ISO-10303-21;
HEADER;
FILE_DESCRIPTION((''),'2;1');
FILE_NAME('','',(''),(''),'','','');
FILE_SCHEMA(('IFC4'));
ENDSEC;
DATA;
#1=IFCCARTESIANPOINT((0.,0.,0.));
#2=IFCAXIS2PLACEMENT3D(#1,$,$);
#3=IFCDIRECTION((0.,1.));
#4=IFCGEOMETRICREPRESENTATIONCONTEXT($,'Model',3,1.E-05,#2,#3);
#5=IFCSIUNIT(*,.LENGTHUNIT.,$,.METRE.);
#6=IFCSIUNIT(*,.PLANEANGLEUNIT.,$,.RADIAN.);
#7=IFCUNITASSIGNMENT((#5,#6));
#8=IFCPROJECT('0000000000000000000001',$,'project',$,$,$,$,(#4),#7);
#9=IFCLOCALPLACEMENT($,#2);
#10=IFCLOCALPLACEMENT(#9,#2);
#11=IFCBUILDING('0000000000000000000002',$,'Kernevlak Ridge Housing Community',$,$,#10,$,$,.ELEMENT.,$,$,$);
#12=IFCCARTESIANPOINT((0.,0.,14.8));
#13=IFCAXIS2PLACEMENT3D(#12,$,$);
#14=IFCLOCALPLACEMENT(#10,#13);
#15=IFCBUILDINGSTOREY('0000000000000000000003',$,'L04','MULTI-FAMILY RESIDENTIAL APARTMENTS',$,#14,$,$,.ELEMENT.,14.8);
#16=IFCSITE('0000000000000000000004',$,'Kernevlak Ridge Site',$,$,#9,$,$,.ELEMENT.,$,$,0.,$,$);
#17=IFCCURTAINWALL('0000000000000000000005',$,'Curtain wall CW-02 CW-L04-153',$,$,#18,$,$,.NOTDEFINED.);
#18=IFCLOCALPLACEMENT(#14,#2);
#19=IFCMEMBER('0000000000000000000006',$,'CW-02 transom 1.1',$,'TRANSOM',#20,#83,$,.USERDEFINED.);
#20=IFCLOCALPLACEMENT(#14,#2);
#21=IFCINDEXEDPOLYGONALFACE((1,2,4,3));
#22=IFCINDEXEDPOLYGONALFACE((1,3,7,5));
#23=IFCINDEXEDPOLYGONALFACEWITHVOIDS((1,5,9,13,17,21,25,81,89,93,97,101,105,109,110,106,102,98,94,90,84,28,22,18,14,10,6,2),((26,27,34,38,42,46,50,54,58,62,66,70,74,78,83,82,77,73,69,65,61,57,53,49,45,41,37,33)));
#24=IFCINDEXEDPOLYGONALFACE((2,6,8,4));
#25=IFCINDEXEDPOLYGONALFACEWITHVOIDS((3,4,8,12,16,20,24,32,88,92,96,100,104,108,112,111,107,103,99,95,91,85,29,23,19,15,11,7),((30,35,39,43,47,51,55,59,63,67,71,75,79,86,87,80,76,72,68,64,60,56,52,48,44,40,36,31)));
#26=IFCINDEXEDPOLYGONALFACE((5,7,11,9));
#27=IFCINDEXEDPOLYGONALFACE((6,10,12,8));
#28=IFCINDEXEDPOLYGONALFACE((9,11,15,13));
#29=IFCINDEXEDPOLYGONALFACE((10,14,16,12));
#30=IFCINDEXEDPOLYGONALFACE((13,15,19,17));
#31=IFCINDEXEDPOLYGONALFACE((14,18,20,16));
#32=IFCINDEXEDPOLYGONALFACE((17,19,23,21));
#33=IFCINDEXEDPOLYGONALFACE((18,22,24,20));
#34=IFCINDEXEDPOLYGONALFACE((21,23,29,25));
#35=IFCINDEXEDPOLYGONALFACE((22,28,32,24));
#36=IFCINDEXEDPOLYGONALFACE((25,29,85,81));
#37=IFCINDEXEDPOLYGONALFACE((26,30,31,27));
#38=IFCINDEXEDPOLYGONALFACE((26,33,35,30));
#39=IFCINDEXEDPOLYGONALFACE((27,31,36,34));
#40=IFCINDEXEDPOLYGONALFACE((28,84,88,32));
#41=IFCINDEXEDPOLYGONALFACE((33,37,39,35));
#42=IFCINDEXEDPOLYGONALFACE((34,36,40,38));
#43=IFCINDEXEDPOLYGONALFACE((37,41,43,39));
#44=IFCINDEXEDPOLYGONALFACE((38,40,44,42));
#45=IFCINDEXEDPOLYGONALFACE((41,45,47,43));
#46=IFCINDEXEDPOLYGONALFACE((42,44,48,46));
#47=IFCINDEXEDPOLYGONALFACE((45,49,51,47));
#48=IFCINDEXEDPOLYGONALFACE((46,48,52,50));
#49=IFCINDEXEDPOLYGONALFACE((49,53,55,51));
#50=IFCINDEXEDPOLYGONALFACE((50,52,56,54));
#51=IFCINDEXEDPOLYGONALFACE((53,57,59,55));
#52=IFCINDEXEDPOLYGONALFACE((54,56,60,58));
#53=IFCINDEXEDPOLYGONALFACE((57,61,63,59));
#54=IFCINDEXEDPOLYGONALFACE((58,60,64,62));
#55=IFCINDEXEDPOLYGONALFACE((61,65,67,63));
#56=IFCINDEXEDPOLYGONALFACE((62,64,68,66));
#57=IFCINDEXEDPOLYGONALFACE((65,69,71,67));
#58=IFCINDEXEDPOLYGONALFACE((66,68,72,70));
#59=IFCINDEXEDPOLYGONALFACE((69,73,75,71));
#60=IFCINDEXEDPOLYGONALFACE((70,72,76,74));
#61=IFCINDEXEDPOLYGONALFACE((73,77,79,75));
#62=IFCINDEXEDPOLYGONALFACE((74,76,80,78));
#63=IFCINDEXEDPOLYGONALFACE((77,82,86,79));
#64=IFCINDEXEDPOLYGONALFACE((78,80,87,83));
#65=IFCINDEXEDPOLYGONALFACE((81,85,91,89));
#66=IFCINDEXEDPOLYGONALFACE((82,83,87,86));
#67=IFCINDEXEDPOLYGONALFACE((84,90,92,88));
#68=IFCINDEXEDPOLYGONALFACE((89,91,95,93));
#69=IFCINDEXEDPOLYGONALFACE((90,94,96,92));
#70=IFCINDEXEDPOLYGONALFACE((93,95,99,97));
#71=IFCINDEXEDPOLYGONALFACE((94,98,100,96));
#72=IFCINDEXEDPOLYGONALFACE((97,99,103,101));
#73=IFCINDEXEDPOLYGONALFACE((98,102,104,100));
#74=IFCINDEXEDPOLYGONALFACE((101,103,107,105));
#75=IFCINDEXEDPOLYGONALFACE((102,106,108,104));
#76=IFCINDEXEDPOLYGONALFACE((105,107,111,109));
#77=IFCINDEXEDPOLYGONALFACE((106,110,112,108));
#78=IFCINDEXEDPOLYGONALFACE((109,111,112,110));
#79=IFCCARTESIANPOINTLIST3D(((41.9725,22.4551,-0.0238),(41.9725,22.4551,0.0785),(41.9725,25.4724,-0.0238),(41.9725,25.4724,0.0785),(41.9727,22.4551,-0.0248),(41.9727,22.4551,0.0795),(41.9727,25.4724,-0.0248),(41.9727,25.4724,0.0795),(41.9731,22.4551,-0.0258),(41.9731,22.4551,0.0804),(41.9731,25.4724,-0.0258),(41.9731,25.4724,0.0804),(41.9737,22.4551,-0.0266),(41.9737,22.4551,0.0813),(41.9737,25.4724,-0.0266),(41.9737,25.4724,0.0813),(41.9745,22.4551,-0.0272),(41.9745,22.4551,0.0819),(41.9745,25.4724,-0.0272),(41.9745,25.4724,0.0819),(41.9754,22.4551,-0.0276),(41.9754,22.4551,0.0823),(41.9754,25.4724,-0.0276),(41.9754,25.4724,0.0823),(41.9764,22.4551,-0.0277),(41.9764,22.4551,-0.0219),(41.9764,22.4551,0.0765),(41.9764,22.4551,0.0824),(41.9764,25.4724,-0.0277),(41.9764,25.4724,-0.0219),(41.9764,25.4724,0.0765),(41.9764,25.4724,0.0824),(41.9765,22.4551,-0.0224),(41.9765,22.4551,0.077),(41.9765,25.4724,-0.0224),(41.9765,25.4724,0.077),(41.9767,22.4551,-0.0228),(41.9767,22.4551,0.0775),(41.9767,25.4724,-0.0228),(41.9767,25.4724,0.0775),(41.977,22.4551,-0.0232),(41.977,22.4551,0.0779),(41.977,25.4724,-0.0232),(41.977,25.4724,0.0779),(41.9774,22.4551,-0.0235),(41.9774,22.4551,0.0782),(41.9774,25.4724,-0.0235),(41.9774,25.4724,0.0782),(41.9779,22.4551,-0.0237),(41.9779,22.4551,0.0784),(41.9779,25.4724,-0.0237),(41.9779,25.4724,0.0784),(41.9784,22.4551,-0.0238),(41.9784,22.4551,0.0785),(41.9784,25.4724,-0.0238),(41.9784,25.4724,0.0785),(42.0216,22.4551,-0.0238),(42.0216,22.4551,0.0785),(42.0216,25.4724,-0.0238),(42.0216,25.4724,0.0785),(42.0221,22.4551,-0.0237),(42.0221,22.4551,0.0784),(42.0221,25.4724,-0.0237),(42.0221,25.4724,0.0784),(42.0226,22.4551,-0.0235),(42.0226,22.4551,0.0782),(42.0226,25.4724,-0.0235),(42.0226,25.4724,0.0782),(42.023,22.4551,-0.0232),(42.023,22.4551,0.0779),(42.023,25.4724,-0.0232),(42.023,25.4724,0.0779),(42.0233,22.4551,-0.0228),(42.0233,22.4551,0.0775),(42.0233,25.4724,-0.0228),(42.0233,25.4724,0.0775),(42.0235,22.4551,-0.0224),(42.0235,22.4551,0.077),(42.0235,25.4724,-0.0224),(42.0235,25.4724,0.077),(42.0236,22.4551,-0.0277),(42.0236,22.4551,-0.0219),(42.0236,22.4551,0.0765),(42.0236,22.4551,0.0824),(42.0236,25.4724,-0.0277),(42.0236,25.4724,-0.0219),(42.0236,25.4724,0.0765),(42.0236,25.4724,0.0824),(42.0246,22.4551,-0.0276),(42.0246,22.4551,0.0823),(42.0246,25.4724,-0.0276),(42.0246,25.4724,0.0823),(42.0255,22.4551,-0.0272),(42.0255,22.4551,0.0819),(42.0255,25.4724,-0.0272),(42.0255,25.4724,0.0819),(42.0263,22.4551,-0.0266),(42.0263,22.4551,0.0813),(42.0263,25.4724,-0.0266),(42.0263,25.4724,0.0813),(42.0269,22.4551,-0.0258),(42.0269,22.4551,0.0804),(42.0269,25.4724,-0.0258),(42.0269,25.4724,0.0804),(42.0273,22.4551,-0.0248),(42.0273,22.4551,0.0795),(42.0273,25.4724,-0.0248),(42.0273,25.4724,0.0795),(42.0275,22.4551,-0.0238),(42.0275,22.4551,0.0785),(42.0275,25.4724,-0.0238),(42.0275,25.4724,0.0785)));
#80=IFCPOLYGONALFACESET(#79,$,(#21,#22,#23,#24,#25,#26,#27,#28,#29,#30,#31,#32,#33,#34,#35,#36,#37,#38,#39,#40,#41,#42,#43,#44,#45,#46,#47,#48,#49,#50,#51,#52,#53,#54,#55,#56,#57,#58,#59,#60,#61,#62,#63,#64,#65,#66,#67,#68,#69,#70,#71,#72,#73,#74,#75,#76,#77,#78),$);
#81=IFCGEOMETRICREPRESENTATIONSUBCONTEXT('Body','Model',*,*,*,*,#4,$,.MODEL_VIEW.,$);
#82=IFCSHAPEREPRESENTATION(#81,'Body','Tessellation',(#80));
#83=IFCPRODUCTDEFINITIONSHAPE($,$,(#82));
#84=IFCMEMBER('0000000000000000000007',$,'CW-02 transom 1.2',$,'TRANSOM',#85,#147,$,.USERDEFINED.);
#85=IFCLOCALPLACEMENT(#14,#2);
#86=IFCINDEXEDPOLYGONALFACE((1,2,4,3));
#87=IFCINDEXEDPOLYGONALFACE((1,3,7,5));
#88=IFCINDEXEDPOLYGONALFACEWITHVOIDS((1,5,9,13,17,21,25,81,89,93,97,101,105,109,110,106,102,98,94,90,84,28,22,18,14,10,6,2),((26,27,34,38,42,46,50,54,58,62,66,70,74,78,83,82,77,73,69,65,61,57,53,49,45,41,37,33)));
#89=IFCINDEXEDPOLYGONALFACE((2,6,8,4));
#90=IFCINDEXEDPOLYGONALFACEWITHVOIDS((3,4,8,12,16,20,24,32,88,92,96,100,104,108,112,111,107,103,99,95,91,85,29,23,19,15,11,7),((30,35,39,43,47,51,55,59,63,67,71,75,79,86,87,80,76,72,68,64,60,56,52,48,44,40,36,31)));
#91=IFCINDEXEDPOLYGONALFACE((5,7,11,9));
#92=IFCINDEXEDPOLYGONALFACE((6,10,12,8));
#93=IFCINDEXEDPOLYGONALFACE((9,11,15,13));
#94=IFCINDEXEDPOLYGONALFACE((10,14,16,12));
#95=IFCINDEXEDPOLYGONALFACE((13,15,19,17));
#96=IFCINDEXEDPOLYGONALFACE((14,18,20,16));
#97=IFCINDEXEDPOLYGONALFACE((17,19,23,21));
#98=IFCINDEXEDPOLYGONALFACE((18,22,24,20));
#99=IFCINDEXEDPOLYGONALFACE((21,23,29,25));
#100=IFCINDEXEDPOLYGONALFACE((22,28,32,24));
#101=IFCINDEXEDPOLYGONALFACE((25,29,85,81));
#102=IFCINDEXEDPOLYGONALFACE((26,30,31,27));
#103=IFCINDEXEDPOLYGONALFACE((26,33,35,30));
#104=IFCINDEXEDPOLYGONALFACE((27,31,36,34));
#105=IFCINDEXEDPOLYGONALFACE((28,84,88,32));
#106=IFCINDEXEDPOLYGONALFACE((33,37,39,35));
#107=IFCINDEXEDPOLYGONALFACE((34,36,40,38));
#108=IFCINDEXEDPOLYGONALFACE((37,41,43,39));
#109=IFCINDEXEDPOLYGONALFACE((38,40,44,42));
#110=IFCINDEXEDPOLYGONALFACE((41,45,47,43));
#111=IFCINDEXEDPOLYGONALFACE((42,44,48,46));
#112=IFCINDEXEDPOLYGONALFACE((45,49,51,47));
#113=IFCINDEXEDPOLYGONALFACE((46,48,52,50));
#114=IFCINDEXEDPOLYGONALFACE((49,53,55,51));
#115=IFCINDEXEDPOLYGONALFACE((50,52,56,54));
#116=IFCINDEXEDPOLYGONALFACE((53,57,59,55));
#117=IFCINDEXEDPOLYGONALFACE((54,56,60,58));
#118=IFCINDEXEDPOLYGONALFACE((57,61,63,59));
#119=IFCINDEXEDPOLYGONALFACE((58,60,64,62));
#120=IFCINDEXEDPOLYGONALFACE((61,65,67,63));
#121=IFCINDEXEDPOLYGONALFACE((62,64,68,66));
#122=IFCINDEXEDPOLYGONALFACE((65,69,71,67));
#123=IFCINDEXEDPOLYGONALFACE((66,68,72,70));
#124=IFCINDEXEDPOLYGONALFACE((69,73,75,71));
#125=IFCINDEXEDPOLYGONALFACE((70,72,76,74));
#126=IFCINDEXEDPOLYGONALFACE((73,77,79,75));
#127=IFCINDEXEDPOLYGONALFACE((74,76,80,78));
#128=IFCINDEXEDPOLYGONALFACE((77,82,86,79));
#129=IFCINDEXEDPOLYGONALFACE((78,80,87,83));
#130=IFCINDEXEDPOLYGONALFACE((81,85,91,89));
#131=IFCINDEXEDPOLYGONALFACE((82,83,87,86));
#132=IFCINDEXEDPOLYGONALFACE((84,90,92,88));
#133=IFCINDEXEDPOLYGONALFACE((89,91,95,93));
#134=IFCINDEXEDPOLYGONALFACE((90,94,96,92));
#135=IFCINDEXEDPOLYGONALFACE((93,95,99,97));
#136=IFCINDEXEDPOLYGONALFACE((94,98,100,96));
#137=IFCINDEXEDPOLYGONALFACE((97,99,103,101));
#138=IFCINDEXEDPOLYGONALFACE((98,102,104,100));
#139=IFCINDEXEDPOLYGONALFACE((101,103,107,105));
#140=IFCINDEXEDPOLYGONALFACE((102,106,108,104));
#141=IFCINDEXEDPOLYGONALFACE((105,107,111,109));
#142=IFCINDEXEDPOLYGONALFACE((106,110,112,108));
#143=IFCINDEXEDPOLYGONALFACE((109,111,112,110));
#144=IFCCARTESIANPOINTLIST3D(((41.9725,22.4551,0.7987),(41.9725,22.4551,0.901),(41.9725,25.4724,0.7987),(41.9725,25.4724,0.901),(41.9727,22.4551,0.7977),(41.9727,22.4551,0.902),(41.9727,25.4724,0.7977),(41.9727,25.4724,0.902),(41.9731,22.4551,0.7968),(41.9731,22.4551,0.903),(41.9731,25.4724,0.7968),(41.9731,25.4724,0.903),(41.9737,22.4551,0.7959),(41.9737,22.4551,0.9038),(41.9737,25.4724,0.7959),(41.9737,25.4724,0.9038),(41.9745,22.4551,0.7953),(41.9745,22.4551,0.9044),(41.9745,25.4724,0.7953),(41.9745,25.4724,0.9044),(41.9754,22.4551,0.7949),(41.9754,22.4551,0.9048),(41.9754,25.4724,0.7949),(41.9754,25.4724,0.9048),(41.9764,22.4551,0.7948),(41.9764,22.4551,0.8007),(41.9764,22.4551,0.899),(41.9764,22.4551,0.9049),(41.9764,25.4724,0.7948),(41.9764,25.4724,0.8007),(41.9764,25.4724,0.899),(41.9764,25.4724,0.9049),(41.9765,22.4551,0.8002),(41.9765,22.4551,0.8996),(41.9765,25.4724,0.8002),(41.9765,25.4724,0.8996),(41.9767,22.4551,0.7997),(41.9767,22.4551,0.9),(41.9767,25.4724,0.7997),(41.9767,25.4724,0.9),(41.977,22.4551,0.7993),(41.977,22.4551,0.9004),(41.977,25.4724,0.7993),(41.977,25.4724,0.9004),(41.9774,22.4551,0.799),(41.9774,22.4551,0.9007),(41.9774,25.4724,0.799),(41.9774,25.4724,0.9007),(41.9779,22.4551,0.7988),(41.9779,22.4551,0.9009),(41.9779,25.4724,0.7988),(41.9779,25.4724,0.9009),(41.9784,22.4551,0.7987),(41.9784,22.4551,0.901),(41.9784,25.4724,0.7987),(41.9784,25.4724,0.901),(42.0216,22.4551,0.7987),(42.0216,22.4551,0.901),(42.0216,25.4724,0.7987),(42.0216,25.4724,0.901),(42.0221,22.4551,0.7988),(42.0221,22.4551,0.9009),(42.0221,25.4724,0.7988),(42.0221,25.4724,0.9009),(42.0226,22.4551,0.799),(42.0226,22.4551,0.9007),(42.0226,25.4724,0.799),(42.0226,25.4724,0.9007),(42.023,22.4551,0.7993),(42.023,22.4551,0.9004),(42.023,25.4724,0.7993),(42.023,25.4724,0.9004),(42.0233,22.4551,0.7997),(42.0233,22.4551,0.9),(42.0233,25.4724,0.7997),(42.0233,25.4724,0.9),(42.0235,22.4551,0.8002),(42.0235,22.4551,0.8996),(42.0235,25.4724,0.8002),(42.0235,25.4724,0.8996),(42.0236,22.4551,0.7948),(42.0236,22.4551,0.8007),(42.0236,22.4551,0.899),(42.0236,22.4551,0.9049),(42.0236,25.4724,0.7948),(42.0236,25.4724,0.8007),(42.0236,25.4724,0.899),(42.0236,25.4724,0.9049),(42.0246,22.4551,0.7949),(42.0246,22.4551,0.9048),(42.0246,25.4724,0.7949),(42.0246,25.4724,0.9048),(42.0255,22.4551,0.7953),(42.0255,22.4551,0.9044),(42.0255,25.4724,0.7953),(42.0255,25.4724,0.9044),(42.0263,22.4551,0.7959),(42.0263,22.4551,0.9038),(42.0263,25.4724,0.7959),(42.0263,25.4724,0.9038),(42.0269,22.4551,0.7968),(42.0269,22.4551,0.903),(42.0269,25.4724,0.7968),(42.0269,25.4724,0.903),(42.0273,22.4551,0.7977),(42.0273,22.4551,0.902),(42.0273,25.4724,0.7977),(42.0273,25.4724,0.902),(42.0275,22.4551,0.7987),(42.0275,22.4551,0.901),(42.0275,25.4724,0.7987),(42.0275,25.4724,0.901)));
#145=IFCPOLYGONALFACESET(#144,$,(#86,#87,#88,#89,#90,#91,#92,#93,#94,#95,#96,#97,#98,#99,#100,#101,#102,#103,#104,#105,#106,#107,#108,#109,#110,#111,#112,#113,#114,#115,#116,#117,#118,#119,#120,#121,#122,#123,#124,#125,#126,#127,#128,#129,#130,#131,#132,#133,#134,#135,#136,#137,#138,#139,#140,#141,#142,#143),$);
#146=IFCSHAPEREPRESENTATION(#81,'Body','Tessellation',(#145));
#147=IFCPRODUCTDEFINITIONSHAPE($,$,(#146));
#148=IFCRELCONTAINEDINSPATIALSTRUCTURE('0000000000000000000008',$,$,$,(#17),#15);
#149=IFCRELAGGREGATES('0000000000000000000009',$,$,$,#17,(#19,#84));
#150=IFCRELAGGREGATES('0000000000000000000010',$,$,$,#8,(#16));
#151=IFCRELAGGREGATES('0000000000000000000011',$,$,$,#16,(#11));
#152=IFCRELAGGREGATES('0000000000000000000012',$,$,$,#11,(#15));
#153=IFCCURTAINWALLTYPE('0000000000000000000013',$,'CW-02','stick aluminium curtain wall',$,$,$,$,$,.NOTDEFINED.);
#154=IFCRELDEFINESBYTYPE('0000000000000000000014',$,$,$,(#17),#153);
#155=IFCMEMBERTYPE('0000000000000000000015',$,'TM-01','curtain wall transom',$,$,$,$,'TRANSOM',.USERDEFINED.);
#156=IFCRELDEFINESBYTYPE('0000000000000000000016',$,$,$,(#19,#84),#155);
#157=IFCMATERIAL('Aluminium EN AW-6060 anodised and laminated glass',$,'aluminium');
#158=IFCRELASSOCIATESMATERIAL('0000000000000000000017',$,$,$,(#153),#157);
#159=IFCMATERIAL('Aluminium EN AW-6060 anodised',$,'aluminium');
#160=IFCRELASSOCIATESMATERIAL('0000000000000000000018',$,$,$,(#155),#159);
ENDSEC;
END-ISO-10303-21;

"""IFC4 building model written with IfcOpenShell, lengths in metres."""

from ifc_helpers import new_model, si_unit, direction, frame, origin, origin_2d, place, context, subcontext, project, spatial, hollow_rectangle, extrude, material, material_profile, profile_set, type_object, element, aggregate, save


model = new_model("IFC4")

# Units and contexts
model_context = context("Model", 3, precision=1e-05, world=origin(), true_north=direction((0.0, 1.0)))
body_context = subcontext(model_context, "Body", "Model", "MODEL_VIEW")
ifc_project = project(units=[si_unit("LENGTHUNIT", "METRE"), si_unit("PLANEANGLEUNIT", "RADIAN")], contexts=[model_context])

# Site, building, storey
site_placement = place(None, origin())
site = spatial("IfcSite", under=ifc_project, at=site_placement, Name="Kernevlak Ridge Site", CompositionType="ELEMENT", RefElevation=0.0)
building_placement = place(site_placement, origin())
building = spatial("IfcBuilding", under=site, at=building_placement, Name="Kernevlak Ridge Housing Community", CompositionType="ELEMENT")
storey_placement = place(building_placement, frame((0.0, 0.0, 14.8)))
storey = spatial("IfcBuildingStorey", under=building, at=storey_placement, Name="L04", Description="MULTI-FAMILY RESIDENTIAL APARTMENTS", CompositionType="ELEMENT", Elevation=14.8)

# Curtain wall
ifc_material_1 = material(Name="Aluminium EN AW-6060 anodised and laminated glass", Category="aluminium")
curtain_wall_type = type_object("IfcCurtainWallType", Name="CW-02", Description="stick aluminium curtain wall", PredefinedType="NOTDEFINED", material=ifc_material_1)
curtain_wall_placement = place(storey_placement, origin())
curtain_wall = element("IfcCurtainWall", 1, at=curtain_wall_placement, inside=storey, type_object=curtain_wall_type, Name="Curtain wall CW-02 CW-L04-153", PredefinedType="NOTDEFINED")
ifc_material_2 = material(Name="Aluminium EN AW-6060 anodised", Category="aluminium")

# Members
ifc_material_profile_1 = material_profile(ifc_material_2, hollow_rectangle(XDim=0.0549, YDim=0.1101, WallThickness=0.0039, InnerFilletRadius=0.002, OuterFilletRadius=0.0039, at=origin_2d()), Name="ALU 55x110x4")
ifc_profile_set_1 = profile_set([ifc_material_profile_1], Name="Aluminium EN AW-6060 anodised")
member_type_1 = type_object("IfcMemberType", Name="TM-01", Description="curtain wall transom", ElementType="TRANSOM", PredefinedType="USERDEFINED", material=ifc_profile_set_1)
member_1_placement = place(storey_placement, frame((42.0, 22.4551, 0.0273), z_axis=(0.0, 1.0, 0.0), x_axis=(-1.0, 0.0, 0.0)))
member_1 = element("IfcMember", 2, at=member_1_placement, type_object=member_type_1, Name="CW-02 transom 1.1", ObjectType="TRANSOM", PredefinedType="USERDEFINED", context=body_context, shape_type="SweptSolid", body=[
    extrude(hollow_rectangle(XDim=0.0549, YDim=0.1101, WallThickness=0.0039, InnerFilletRadius=0.002, OuterFilletRadius=0.0039, at=origin_2d()), origin(), (0.0, 0.0, 1.0), 3.0173),
])
member_2_placement = place(storey_placement, frame((42.0, 22.4551, 0.8499), z_axis=(0.0, 1.0, 0.0), x_axis=(-1.0, 0.0, 0.0)))
member_2 = element("IfcMember", 3, at=member_2_placement, type_object=member_type_1, Name="CW-02 transom 1.2", ObjectType="TRANSOM", PredefinedType="USERDEFINED", context=body_context, shape_type="SweptSolid", body=[
    extrude(hollow_rectangle(XDim=0.0549, YDim=0.1101, WallThickness=0.0039, InnerFilletRadius=0.002, OuterFilletRadius=0.0039, at=origin_2d()), origin(), (0.0, 0.0, 1.0), 3.0173),
])

aggregate(curtain_wall, [member_1, member_2])

save(model, "model.ifc")
